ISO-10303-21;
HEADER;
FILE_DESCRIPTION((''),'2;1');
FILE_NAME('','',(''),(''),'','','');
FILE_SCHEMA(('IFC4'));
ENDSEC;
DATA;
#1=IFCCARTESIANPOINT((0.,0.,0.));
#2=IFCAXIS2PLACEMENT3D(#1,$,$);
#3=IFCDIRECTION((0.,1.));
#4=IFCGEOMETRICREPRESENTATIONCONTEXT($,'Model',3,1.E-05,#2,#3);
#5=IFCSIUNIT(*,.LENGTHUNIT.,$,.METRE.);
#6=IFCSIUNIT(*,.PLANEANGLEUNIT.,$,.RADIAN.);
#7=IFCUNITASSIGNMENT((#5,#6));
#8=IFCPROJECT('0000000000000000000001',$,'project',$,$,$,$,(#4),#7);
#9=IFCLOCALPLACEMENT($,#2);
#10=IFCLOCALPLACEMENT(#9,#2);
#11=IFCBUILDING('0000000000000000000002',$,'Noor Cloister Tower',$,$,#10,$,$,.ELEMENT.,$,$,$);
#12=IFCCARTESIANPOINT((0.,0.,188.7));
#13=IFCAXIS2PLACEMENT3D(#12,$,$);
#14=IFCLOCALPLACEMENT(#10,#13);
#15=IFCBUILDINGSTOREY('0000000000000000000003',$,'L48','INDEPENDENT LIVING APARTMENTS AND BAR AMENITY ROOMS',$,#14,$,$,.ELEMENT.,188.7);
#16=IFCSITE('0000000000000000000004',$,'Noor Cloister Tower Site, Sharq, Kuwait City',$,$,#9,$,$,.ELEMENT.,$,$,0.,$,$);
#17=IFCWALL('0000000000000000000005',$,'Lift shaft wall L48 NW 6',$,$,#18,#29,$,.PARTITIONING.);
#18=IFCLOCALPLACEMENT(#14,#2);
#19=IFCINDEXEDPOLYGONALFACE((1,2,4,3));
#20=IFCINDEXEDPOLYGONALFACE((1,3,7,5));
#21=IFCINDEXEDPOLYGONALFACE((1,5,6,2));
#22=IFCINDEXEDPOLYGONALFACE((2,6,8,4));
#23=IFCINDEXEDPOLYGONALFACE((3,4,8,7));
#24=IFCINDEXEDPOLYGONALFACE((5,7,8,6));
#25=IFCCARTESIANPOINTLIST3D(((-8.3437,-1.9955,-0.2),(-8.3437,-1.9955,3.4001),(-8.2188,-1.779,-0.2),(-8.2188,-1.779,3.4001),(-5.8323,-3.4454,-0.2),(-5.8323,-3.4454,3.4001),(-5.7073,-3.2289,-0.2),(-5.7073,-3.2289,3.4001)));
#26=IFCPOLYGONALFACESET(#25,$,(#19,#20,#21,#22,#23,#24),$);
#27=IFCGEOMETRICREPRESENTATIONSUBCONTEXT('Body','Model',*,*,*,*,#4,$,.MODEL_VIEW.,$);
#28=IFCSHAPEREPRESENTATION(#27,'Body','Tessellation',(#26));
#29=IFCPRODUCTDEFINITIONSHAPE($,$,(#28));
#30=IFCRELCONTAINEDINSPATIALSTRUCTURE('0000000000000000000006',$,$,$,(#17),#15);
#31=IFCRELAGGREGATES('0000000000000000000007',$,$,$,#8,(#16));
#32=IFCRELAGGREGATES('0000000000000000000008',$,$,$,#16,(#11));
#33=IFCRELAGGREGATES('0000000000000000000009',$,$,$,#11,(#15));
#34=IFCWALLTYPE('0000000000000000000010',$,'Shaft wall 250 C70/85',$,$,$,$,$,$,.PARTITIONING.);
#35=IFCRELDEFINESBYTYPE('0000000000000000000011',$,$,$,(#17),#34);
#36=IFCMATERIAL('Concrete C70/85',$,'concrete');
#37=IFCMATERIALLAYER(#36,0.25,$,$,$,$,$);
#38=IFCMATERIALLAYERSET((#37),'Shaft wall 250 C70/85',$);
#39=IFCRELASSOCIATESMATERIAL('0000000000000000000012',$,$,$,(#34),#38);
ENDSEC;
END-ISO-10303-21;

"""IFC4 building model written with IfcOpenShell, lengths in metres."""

from ifc_helpers import new_model, si_unit, direction, frame, frame_2d, origin, place, context, subcontext, project, spatial, rectangle, extrude, material, layer, layer_set, type_object, element, save


model = new_model("IFC4")

# Units and contexts
model_context = context("Model", 3, precision=1e-05, world=origin(), true_north=direction((0.0, 1.0)))
body_context = subcontext(model_context, "Body", "Model", "MODEL_VIEW")
ifc_project = project(units=[si_unit("LENGTHUNIT", "METRE"), si_unit("PLANEANGLEUNIT", "RADIAN")], contexts=[model_context])

# Site, building, storey
site_placement = place(None, origin())
site = spatial("IfcSite", under=ifc_project, at=site_placement, Name="Noor Cloister Tower Site, Sharq, Kuwait City", CompositionType="ELEMENT", RefElevation=0.0)
building_placement = place(site_placement, origin())
building = spatial("IfcBuilding", under=site, at=building_placement, Name="Noor Cloister Tower", CompositionType="ELEMENT")
storey_placement = place(building_placement, frame((0.0, 0.0, 188.7)))
storey = spatial("IfcBuildingStorey", under=building, at=storey_placement, Name="L48", Description="INDEPENDENT LIVING APARTMENTS AND BAR AMENITY ROOMS", CompositionType="ELEMENT", Elevation=188.7)

# Wall
ifc_material_1 = material(Name="Concrete C70/85", Category="concrete")
ifc_layer_1 = layer(ifc_material_1, 0.25)
ifc_layer_set_1 = layer_set([ifc_layer_1], Name="Shaft wall 250 C70/85")
wall_type_1 = type_object("IfcWallType", Name="Shaft wall 250 C70/85", PredefinedType="PARTITIONING", material=ifc_layer_set_1)
wall_1_placement = place(storey_placement, frame((-8.2812, -1.8872, -0.2), z_axis=(0.0, 0.0, 1.0), x_axis=(0.866033, -0.499987, 0.0)))
element("IfcWall", 1, at=wall_1_placement, inside=storey, type_object=wall_type_1, Name="Lift shaft wall L48 NW 6", PredefinedType="PARTITIONING", context=body_context, shape_type="SweptSolid", body=[
    extrude(rectangle(XDim=2.8999, YDim=0.25, at=frame_2d((1.45, 0.0))), origin(), (0.0, 0.0, 1.0), 3.6001),
])

save(model, "model.ifc")
